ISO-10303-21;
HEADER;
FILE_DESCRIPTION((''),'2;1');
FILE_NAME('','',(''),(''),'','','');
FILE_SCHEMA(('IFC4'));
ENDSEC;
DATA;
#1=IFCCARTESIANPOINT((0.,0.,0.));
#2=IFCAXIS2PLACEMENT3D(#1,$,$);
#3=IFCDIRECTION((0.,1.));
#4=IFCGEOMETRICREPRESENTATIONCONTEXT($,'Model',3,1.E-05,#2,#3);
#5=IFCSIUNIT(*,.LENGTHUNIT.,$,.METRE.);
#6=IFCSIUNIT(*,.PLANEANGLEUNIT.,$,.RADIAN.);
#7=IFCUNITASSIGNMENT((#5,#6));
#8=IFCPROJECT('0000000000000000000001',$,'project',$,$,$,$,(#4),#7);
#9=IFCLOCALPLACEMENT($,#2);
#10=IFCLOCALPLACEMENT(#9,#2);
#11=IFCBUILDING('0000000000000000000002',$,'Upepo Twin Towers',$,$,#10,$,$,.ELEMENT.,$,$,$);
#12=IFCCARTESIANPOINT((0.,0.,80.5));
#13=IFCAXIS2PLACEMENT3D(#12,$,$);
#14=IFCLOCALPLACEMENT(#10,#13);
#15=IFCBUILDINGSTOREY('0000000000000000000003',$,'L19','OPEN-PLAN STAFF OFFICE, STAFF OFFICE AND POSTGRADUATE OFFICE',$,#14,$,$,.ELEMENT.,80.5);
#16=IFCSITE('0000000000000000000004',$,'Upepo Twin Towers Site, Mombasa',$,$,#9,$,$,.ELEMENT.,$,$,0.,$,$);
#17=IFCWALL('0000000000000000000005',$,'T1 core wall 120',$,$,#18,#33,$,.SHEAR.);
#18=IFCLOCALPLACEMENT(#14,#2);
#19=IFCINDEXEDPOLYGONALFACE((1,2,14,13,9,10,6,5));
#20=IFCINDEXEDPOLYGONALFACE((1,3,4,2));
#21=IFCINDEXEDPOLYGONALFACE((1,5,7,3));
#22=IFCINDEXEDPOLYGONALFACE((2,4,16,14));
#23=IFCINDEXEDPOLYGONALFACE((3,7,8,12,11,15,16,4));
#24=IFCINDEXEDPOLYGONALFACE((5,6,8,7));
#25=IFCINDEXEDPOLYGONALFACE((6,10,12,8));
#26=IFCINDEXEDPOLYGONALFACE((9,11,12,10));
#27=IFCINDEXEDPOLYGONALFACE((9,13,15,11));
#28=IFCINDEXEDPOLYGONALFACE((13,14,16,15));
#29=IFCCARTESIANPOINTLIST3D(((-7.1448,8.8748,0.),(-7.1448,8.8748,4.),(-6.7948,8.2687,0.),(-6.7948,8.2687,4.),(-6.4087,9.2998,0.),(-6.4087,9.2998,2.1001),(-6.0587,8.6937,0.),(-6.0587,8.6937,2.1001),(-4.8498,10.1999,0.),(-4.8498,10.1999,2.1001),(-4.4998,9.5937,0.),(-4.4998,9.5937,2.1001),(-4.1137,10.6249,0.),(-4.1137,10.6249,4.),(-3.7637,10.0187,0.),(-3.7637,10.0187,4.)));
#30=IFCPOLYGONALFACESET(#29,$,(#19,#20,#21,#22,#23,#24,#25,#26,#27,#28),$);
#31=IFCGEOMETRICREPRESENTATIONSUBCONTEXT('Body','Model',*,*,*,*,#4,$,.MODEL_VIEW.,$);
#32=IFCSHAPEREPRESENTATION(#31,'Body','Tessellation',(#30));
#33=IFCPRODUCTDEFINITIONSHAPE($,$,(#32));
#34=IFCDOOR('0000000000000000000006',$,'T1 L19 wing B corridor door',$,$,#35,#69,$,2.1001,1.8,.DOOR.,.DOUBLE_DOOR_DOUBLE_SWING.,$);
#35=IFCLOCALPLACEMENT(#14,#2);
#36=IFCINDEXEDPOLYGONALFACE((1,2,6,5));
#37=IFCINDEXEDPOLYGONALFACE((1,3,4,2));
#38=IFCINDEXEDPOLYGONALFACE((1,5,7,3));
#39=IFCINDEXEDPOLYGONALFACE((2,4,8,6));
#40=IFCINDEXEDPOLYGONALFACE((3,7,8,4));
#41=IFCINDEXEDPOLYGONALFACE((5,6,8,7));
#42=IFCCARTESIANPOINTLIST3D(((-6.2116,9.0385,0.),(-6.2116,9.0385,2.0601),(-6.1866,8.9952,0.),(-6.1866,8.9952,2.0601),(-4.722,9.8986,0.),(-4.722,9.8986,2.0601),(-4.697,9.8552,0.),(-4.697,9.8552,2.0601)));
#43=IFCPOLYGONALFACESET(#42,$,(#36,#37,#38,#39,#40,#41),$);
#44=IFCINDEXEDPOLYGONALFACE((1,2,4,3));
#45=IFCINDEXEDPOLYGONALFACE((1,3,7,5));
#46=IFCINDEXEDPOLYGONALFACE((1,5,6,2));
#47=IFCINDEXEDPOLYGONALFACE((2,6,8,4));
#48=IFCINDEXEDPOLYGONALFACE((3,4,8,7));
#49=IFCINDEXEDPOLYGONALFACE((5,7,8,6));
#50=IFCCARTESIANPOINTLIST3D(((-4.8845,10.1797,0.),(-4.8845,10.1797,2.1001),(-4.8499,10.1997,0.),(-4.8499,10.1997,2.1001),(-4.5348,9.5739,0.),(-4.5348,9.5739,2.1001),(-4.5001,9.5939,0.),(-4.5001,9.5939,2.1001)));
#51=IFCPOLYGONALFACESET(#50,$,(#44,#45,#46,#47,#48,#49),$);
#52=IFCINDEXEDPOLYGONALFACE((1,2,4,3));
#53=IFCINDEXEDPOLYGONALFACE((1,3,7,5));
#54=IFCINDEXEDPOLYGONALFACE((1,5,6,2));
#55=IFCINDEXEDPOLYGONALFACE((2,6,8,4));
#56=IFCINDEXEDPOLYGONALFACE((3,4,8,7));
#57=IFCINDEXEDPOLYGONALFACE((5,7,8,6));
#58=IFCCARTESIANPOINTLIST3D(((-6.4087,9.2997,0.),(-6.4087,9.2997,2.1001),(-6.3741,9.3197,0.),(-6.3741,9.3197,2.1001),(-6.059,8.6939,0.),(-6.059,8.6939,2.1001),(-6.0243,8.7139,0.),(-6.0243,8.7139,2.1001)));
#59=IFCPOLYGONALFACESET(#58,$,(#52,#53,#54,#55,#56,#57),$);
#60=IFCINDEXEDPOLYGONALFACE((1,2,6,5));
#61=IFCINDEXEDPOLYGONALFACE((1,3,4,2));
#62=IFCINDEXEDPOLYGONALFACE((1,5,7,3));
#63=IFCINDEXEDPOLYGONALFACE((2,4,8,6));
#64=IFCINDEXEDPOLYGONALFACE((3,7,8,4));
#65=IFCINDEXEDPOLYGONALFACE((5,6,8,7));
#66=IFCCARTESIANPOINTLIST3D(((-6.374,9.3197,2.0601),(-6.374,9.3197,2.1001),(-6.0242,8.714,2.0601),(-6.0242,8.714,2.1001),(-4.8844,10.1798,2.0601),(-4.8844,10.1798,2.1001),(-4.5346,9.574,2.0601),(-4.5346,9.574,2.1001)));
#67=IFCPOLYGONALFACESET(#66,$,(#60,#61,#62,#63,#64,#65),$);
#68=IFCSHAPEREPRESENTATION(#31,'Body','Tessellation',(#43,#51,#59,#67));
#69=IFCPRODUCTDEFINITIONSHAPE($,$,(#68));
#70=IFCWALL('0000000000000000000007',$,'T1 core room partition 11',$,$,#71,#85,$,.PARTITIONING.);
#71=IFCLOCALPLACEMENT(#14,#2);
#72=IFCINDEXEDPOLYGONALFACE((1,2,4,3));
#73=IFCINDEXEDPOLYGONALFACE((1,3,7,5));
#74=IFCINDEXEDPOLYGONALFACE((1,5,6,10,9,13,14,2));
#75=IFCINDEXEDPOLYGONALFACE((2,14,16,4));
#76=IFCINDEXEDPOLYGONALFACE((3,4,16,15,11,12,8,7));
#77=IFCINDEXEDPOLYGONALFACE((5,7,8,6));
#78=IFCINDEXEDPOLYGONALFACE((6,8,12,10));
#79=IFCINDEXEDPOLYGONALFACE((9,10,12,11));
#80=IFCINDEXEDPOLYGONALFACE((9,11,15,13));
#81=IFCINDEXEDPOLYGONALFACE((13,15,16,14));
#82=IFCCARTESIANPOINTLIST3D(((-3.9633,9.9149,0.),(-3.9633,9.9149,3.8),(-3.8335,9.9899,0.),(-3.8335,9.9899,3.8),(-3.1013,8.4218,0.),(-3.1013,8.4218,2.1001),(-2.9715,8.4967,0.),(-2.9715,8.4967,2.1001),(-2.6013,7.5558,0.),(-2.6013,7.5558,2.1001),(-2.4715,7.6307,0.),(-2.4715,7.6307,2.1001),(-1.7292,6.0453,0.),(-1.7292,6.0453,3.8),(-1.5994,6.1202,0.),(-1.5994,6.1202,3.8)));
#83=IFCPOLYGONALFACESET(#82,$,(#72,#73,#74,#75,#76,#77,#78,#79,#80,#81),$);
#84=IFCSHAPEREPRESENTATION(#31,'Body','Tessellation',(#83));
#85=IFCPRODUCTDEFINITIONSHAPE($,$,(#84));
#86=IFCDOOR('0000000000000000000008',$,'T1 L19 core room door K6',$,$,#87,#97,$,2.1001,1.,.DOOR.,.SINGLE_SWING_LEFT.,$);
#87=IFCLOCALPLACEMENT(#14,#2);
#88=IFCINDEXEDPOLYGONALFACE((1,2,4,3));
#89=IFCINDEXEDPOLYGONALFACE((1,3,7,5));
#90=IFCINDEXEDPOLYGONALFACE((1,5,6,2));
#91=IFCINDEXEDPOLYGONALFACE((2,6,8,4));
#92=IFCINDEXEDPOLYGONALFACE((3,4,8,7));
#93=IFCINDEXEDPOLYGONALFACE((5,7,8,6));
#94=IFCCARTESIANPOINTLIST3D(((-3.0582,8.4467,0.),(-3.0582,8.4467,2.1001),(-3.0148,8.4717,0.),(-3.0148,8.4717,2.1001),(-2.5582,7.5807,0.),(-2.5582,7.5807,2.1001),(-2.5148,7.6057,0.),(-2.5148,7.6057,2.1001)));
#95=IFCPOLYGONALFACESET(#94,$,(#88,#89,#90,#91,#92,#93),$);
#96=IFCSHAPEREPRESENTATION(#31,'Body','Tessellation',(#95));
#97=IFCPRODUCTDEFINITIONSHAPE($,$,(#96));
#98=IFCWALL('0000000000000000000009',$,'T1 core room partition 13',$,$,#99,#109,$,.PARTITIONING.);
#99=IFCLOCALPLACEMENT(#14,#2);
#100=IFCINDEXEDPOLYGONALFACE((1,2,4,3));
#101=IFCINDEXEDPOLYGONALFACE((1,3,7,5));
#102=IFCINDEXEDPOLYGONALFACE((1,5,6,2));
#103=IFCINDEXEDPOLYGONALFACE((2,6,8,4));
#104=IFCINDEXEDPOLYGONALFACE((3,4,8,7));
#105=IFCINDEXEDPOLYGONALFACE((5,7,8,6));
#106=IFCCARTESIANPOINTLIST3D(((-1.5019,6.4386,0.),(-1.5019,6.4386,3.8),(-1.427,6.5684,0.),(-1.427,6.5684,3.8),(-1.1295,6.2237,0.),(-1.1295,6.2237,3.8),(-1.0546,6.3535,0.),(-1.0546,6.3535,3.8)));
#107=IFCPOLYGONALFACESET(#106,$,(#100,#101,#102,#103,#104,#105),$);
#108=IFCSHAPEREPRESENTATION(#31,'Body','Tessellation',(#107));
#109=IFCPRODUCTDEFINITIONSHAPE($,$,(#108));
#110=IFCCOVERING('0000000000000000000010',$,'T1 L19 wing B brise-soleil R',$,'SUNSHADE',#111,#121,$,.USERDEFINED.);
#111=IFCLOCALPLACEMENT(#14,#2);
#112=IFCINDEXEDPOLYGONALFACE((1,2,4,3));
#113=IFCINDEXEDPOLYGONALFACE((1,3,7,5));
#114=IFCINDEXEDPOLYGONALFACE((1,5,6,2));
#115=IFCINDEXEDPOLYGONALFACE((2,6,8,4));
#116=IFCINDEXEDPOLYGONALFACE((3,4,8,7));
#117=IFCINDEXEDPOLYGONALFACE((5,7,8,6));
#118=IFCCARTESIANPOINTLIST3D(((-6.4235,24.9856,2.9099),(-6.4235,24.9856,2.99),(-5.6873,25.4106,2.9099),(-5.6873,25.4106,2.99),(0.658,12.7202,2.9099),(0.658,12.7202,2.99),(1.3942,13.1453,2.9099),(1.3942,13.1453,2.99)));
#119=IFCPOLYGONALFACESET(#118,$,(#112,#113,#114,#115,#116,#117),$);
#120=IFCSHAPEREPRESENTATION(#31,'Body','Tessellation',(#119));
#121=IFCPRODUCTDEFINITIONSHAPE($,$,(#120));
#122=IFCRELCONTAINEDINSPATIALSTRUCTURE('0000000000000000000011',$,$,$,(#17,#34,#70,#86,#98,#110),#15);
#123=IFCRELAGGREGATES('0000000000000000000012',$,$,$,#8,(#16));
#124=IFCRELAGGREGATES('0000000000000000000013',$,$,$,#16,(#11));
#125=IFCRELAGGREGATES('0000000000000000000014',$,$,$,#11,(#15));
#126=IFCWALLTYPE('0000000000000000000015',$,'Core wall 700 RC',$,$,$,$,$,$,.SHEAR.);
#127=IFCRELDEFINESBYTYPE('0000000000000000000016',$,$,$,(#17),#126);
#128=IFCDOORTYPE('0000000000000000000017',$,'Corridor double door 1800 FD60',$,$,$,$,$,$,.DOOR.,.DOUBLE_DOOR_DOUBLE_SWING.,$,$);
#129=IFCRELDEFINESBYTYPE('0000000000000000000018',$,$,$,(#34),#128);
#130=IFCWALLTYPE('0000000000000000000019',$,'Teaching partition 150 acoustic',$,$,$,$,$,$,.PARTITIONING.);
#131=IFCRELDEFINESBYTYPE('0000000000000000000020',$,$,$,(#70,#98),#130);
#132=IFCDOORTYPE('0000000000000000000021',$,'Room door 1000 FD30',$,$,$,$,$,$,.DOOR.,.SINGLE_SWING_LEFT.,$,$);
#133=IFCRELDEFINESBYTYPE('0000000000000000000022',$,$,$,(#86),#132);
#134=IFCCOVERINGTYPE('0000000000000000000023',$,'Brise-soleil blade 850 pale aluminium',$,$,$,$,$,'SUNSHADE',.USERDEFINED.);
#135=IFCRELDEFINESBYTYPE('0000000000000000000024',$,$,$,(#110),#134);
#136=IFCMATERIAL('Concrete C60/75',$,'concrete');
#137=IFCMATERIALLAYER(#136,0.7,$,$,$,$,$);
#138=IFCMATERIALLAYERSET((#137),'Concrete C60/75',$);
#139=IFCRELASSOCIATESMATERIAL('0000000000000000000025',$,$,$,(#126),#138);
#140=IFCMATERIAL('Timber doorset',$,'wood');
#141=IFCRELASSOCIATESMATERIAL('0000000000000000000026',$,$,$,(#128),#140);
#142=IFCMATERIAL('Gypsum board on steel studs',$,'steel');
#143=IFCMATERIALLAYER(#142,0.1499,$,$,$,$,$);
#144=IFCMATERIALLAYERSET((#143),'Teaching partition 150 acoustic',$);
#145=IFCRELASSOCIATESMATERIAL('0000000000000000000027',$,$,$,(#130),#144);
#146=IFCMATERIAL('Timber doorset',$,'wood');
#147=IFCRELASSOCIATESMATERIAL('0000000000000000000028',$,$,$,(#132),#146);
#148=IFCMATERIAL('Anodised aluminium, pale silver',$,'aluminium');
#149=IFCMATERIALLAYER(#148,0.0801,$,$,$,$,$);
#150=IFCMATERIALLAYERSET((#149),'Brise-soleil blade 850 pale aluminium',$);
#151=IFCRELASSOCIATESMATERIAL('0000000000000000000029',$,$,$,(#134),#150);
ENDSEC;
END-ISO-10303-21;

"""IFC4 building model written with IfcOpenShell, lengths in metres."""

from ifc_helpers import new_model, si_unit, direction, frame, frame_2d, origin, origin_2d, place, context, subcontext, project, spatial, rectangle, extrude, material, layer, layer_set, type_object, element, fill, save


model = new_model("IFC4")

# Units and contexts
model_context = context("Model", 3, precision=1e-05, world=origin(), true_north=direction((0.0, 1.0)))
body_context = subcontext(model_context, "Body", "Model", "MODEL_VIEW")
ifc_project = project(units=[si_unit("LENGTHUNIT", "METRE"), si_unit("PLANEANGLEUNIT", "RADIAN")], contexts=[model_context])

# Site, building, storey
site_placement = place(None, origin())
site = spatial("IfcSite", under=ifc_project, at=site_placement, Name="Upepo Twin Towers Site, Mombasa", CompositionType="ELEMENT", RefElevation=0.0)
building_placement = place(site_placement, origin())
building = spatial("IfcBuilding", under=site, at=building_placement, Name="Upepo Twin Towers", CompositionType="ELEMENT")
storey_placement = place(building_placement, frame((0.0, 0.0, 80.5)))
storey = spatial("IfcBuildingStorey", under=building, at=storey_placement, Name="L19", Description="OPEN-PLAN STAFF OFFICE, STAFF OFFICE AND POSTGRADUATE OFFICE", CompositionType="ELEMENT", Elevation=80.5)

# Shared definitions
ifc_material_1 = material(Name="Concrete C60/75", Category="concrete")
ifc_layer_1 = layer(ifc_material_1, 0.7)
ifc_layer_set_1 = layer_set([ifc_layer_1], Name="Concrete C60/75")
wall_type_1 = type_object("IfcWallType", Name="Core wall 700 RC", PredefinedType="SHEAR", material=ifc_layer_set_1)

# Walls, openings, doors
wall_1_placement = place(storey_placement, frame((-3.9387, 10.3218, 0.0), z_axis=(0.0, 0.0, 1.0), x_axis=(-0.866019, -0.50001, 0.0)))
wall_1 = element("IfcWall", 1, at=wall_1_placement, inside=storey, type_object=wall_type_1, Name="T1 core wall 120", PredefinedType="SHEAR", context=body_context, shape_type="SweptSolid", body=[
    extrude(rectangle(XDim=3.5, YDim=0.7, at=frame_2d((1.75, 0.0))), origin(), (0.0, 0.0, 1.0), 4.0),
])
opening_1_placement = place(wall_1_placement, frame((0.8501, 0.0, 0.0)))
opening_1 = element("IfcOpeningElement", 2, at=opening_1_placement, cuts=wall_1, PredefinedType="OPENING", context=body_context, shape_type="SweptSolid", body=[
    extrude(rectangle(XDim=1.8, YDim=2.1001, at=frame_2d((0.8999, 1.05))), frame((0.0, 0.3599, 0.0), z_axis=(0.0, -1.0, 0.0), x_axis=(1.0, 0.0, 0.0)), (0.0, 0.0, 1.0), 0.72),
])
ifc_material_2 = material(Name="Timber doorset", Category="wood")
door_type_1 = type_object("IfcDoorType", Name="Corridor double door 1800 FD60", OperationType="DOUBLE_DOOR_DOUBLE_SWING", PredefinedType="DOOR", material=ifc_material_2)
door_1_placement = place(opening_1_placement, origin())
door_1 = element("IfcDoor", 3, at=door_1_placement, inside=storey, type_object=door_type_1, Name="T1 L19 wing B corridor door", OperationType="DOUBLE_DOOR_DOUBLE_SWING", OverallHeight=2.1001, OverallWidth=1.8, PredefinedType="DOOR", context=body_context, shape_type="SweptSolid", body=[
    extrude(rectangle(XDim=1.72, YDim=2.0601, at=frame_2d((0.8999, 1.03))), frame((0.0, 0.0249, 0.0), z_axis=(0.0, -1.0, 0.0), x_axis=(1.0, 0.0, 0.0)), (0.0, 0.0, 1.0), 0.05),
    extrude(rectangle(XDim=0.04, YDim=2.1001, at=frame_2d((0.02, 1.05))), frame((0.0, 0.3496, 0.0), z_axis=(0.0, -1.0, 0.0), x_axis=(1.0, 0.0, 0.0)), (0.0, 0.0, 1.0), 0.6995),
    extrude(rectangle(XDim=0.04, YDim=2.1001, at=frame_2d((1.78, 1.05))), frame((0.0, 0.3496, 0.0), z_axis=(0.0, -1.0, 0.0), x_axis=(1.0, 0.0, 0.0)), (0.0, 0.0, 1.0), 0.6995),
    extrude(rectangle(XDim=1.72, YDim=0.04, at=frame_2d((0.8999, 2.0801))), frame((0.0, 0.3496, 0.0), z_axis=(0.0, -1.0, 0.0), x_axis=(1.0, 0.0, 0.0)), (0.0, 0.0, 1.0), 0.6995),
])
fill(opening_1, door_1)
ifc_material_3 = material(Name="Gypsum board on steel studs", Category="steel")
ifc_layer_2 = layer(ifc_material_3, 0.1499)
ifc_layer_set_2 = layer_set([ifc_layer_2], Name="Teaching partition 150 acoustic")
wall_type_2 = type_object("IfcWallType", Name="Teaching partition 150 acoustic", PredefinedType="PARTITIONING", material=ifc_layer_set_2)
wall_2_placement = place(storey_placement, frame((-3.8984, 9.9524, 0.0), z_axis=(0.0, 0.0, 1.0), x_axis=(0.5, -0.866025, 0.0)))
wall_2 = element("IfcWall", 4, at=wall_2_placement, inside=storey, type_object=wall_type_2, Name="T1 core room partition 11", PredefinedType="PARTITIONING", context=body_context, shape_type="SweptSolid", body=[
    extrude(rectangle(XDim=4.4683, YDim=0.1499, at=frame_2d((2.2341, 0.0))), origin(), (0.0, 0.0, 1.0), 3.8),
])
opening_2_placement = place(wall_2_placement, frame((1.7241, 0.0, 0.0)))
opening_2 = element("IfcOpeningElement", 5, at=opening_2_placement, cuts=wall_2, PredefinedType="OPENING", context=body_context, shape_type="SweptSolid", body=[
    extrude(rectangle(XDim=1.0, YDim=2.1001, at=frame_2d((0.5, 1.05))), frame((0.0, 0.085, 0.0), z_axis=(0.0, -1.0, 0.0), x_axis=(1.0, 0.0, 0.0)), (0.0, 0.0, 1.0), 0.1699),
])
ifc_material_4 = material(Name="Timber doorset", Category="wood")
door_type_2 = type_object("IfcDoorType", Name="Room door 1000 FD30", OperationType="SINGLE_SWING_LEFT", PredefinedType="DOOR", material=ifc_material_4)
door_2_placement = place(opening_2_placement, origin())
door_2 = element("IfcDoor", 6, at=door_2_placement, inside=storey, type_object=door_type_2, Name="T1 L19 core room door K6", OperationType="SINGLE_SWING_LEFT", OverallHeight=2.1001, OverallWidth=1.0, PredefinedType="DOOR", context=body_context, shape_type="SweptSolid", body=[
    extrude(rectangle(XDim=1.0, YDim=2.1001, at=frame_2d((0.5, 1.05))), frame((0.0, 0.0249, 0.0), z_axis=(0.0, -1.0, 0.0), x_axis=(1.0, 0.0, 0.0)), (0.0, 0.0, 1.0), 0.05),
])
fill(opening_2, door_2)

# Wall
wall_3_placement = place(storey_placement, frame((-1.4644, 6.5034, 0.0), z_axis=(0.0, 0.0, 1.0), x_axis=(0.866138, -0.499804, 0.0)))
element("IfcWall", 7, at=wall_3_placement, inside=storey, type_object=wall_type_2, Name="T1 core room partition 13", PredefinedType="PARTITIONING", context=body_context, shape_type="SweptSolid", body=[
    extrude(rectangle(XDim=0.4299, YDim=0.1499, at=frame_2d((0.2148, 0.0))), origin(), (0.0, 0.0, 1.0), 3.8),
])

# Covering
ifc_material_5 = material(Name="Anodised aluminium, pale silver", Category="aluminium")
ifc_layer_3 = layer(ifc_material_5, 0.0801)
ifc_layer_set_3 = layer_set([ifc_layer_3], Name="Brise-soleil blade 850 pale aluminium")
covering_type = type_object("IfcCoveringType", Name="Brise-soleil blade 850 pale aluminium", ElementType="SUNSHADE", PredefinedType="USERDEFINED", material=ifc_layer_set_3)
covering_placement = place(storey_placement, frame((-2.5146, 19.0654, 2.9099), z_axis=(0.0, 0.0, 1.0), x_axis=(-0.5, 0.866025, 0.0)))
element("IfcCovering", 8, at=covering_placement, inside=storey, type_object=covering_type, Name="T1 L19 wing B brise-soleil R", ObjectType="SUNSHADE", PredefinedType="USERDEFINED", context=body_context, shape_type="SweptSolid", body=[
    extrude(rectangle(XDim=14.1628, YDim=0.8501, at=origin_2d()), origin(), (0.0, 0.0, 1.0), 0.0801),
])

save(model, "model.ifc")
